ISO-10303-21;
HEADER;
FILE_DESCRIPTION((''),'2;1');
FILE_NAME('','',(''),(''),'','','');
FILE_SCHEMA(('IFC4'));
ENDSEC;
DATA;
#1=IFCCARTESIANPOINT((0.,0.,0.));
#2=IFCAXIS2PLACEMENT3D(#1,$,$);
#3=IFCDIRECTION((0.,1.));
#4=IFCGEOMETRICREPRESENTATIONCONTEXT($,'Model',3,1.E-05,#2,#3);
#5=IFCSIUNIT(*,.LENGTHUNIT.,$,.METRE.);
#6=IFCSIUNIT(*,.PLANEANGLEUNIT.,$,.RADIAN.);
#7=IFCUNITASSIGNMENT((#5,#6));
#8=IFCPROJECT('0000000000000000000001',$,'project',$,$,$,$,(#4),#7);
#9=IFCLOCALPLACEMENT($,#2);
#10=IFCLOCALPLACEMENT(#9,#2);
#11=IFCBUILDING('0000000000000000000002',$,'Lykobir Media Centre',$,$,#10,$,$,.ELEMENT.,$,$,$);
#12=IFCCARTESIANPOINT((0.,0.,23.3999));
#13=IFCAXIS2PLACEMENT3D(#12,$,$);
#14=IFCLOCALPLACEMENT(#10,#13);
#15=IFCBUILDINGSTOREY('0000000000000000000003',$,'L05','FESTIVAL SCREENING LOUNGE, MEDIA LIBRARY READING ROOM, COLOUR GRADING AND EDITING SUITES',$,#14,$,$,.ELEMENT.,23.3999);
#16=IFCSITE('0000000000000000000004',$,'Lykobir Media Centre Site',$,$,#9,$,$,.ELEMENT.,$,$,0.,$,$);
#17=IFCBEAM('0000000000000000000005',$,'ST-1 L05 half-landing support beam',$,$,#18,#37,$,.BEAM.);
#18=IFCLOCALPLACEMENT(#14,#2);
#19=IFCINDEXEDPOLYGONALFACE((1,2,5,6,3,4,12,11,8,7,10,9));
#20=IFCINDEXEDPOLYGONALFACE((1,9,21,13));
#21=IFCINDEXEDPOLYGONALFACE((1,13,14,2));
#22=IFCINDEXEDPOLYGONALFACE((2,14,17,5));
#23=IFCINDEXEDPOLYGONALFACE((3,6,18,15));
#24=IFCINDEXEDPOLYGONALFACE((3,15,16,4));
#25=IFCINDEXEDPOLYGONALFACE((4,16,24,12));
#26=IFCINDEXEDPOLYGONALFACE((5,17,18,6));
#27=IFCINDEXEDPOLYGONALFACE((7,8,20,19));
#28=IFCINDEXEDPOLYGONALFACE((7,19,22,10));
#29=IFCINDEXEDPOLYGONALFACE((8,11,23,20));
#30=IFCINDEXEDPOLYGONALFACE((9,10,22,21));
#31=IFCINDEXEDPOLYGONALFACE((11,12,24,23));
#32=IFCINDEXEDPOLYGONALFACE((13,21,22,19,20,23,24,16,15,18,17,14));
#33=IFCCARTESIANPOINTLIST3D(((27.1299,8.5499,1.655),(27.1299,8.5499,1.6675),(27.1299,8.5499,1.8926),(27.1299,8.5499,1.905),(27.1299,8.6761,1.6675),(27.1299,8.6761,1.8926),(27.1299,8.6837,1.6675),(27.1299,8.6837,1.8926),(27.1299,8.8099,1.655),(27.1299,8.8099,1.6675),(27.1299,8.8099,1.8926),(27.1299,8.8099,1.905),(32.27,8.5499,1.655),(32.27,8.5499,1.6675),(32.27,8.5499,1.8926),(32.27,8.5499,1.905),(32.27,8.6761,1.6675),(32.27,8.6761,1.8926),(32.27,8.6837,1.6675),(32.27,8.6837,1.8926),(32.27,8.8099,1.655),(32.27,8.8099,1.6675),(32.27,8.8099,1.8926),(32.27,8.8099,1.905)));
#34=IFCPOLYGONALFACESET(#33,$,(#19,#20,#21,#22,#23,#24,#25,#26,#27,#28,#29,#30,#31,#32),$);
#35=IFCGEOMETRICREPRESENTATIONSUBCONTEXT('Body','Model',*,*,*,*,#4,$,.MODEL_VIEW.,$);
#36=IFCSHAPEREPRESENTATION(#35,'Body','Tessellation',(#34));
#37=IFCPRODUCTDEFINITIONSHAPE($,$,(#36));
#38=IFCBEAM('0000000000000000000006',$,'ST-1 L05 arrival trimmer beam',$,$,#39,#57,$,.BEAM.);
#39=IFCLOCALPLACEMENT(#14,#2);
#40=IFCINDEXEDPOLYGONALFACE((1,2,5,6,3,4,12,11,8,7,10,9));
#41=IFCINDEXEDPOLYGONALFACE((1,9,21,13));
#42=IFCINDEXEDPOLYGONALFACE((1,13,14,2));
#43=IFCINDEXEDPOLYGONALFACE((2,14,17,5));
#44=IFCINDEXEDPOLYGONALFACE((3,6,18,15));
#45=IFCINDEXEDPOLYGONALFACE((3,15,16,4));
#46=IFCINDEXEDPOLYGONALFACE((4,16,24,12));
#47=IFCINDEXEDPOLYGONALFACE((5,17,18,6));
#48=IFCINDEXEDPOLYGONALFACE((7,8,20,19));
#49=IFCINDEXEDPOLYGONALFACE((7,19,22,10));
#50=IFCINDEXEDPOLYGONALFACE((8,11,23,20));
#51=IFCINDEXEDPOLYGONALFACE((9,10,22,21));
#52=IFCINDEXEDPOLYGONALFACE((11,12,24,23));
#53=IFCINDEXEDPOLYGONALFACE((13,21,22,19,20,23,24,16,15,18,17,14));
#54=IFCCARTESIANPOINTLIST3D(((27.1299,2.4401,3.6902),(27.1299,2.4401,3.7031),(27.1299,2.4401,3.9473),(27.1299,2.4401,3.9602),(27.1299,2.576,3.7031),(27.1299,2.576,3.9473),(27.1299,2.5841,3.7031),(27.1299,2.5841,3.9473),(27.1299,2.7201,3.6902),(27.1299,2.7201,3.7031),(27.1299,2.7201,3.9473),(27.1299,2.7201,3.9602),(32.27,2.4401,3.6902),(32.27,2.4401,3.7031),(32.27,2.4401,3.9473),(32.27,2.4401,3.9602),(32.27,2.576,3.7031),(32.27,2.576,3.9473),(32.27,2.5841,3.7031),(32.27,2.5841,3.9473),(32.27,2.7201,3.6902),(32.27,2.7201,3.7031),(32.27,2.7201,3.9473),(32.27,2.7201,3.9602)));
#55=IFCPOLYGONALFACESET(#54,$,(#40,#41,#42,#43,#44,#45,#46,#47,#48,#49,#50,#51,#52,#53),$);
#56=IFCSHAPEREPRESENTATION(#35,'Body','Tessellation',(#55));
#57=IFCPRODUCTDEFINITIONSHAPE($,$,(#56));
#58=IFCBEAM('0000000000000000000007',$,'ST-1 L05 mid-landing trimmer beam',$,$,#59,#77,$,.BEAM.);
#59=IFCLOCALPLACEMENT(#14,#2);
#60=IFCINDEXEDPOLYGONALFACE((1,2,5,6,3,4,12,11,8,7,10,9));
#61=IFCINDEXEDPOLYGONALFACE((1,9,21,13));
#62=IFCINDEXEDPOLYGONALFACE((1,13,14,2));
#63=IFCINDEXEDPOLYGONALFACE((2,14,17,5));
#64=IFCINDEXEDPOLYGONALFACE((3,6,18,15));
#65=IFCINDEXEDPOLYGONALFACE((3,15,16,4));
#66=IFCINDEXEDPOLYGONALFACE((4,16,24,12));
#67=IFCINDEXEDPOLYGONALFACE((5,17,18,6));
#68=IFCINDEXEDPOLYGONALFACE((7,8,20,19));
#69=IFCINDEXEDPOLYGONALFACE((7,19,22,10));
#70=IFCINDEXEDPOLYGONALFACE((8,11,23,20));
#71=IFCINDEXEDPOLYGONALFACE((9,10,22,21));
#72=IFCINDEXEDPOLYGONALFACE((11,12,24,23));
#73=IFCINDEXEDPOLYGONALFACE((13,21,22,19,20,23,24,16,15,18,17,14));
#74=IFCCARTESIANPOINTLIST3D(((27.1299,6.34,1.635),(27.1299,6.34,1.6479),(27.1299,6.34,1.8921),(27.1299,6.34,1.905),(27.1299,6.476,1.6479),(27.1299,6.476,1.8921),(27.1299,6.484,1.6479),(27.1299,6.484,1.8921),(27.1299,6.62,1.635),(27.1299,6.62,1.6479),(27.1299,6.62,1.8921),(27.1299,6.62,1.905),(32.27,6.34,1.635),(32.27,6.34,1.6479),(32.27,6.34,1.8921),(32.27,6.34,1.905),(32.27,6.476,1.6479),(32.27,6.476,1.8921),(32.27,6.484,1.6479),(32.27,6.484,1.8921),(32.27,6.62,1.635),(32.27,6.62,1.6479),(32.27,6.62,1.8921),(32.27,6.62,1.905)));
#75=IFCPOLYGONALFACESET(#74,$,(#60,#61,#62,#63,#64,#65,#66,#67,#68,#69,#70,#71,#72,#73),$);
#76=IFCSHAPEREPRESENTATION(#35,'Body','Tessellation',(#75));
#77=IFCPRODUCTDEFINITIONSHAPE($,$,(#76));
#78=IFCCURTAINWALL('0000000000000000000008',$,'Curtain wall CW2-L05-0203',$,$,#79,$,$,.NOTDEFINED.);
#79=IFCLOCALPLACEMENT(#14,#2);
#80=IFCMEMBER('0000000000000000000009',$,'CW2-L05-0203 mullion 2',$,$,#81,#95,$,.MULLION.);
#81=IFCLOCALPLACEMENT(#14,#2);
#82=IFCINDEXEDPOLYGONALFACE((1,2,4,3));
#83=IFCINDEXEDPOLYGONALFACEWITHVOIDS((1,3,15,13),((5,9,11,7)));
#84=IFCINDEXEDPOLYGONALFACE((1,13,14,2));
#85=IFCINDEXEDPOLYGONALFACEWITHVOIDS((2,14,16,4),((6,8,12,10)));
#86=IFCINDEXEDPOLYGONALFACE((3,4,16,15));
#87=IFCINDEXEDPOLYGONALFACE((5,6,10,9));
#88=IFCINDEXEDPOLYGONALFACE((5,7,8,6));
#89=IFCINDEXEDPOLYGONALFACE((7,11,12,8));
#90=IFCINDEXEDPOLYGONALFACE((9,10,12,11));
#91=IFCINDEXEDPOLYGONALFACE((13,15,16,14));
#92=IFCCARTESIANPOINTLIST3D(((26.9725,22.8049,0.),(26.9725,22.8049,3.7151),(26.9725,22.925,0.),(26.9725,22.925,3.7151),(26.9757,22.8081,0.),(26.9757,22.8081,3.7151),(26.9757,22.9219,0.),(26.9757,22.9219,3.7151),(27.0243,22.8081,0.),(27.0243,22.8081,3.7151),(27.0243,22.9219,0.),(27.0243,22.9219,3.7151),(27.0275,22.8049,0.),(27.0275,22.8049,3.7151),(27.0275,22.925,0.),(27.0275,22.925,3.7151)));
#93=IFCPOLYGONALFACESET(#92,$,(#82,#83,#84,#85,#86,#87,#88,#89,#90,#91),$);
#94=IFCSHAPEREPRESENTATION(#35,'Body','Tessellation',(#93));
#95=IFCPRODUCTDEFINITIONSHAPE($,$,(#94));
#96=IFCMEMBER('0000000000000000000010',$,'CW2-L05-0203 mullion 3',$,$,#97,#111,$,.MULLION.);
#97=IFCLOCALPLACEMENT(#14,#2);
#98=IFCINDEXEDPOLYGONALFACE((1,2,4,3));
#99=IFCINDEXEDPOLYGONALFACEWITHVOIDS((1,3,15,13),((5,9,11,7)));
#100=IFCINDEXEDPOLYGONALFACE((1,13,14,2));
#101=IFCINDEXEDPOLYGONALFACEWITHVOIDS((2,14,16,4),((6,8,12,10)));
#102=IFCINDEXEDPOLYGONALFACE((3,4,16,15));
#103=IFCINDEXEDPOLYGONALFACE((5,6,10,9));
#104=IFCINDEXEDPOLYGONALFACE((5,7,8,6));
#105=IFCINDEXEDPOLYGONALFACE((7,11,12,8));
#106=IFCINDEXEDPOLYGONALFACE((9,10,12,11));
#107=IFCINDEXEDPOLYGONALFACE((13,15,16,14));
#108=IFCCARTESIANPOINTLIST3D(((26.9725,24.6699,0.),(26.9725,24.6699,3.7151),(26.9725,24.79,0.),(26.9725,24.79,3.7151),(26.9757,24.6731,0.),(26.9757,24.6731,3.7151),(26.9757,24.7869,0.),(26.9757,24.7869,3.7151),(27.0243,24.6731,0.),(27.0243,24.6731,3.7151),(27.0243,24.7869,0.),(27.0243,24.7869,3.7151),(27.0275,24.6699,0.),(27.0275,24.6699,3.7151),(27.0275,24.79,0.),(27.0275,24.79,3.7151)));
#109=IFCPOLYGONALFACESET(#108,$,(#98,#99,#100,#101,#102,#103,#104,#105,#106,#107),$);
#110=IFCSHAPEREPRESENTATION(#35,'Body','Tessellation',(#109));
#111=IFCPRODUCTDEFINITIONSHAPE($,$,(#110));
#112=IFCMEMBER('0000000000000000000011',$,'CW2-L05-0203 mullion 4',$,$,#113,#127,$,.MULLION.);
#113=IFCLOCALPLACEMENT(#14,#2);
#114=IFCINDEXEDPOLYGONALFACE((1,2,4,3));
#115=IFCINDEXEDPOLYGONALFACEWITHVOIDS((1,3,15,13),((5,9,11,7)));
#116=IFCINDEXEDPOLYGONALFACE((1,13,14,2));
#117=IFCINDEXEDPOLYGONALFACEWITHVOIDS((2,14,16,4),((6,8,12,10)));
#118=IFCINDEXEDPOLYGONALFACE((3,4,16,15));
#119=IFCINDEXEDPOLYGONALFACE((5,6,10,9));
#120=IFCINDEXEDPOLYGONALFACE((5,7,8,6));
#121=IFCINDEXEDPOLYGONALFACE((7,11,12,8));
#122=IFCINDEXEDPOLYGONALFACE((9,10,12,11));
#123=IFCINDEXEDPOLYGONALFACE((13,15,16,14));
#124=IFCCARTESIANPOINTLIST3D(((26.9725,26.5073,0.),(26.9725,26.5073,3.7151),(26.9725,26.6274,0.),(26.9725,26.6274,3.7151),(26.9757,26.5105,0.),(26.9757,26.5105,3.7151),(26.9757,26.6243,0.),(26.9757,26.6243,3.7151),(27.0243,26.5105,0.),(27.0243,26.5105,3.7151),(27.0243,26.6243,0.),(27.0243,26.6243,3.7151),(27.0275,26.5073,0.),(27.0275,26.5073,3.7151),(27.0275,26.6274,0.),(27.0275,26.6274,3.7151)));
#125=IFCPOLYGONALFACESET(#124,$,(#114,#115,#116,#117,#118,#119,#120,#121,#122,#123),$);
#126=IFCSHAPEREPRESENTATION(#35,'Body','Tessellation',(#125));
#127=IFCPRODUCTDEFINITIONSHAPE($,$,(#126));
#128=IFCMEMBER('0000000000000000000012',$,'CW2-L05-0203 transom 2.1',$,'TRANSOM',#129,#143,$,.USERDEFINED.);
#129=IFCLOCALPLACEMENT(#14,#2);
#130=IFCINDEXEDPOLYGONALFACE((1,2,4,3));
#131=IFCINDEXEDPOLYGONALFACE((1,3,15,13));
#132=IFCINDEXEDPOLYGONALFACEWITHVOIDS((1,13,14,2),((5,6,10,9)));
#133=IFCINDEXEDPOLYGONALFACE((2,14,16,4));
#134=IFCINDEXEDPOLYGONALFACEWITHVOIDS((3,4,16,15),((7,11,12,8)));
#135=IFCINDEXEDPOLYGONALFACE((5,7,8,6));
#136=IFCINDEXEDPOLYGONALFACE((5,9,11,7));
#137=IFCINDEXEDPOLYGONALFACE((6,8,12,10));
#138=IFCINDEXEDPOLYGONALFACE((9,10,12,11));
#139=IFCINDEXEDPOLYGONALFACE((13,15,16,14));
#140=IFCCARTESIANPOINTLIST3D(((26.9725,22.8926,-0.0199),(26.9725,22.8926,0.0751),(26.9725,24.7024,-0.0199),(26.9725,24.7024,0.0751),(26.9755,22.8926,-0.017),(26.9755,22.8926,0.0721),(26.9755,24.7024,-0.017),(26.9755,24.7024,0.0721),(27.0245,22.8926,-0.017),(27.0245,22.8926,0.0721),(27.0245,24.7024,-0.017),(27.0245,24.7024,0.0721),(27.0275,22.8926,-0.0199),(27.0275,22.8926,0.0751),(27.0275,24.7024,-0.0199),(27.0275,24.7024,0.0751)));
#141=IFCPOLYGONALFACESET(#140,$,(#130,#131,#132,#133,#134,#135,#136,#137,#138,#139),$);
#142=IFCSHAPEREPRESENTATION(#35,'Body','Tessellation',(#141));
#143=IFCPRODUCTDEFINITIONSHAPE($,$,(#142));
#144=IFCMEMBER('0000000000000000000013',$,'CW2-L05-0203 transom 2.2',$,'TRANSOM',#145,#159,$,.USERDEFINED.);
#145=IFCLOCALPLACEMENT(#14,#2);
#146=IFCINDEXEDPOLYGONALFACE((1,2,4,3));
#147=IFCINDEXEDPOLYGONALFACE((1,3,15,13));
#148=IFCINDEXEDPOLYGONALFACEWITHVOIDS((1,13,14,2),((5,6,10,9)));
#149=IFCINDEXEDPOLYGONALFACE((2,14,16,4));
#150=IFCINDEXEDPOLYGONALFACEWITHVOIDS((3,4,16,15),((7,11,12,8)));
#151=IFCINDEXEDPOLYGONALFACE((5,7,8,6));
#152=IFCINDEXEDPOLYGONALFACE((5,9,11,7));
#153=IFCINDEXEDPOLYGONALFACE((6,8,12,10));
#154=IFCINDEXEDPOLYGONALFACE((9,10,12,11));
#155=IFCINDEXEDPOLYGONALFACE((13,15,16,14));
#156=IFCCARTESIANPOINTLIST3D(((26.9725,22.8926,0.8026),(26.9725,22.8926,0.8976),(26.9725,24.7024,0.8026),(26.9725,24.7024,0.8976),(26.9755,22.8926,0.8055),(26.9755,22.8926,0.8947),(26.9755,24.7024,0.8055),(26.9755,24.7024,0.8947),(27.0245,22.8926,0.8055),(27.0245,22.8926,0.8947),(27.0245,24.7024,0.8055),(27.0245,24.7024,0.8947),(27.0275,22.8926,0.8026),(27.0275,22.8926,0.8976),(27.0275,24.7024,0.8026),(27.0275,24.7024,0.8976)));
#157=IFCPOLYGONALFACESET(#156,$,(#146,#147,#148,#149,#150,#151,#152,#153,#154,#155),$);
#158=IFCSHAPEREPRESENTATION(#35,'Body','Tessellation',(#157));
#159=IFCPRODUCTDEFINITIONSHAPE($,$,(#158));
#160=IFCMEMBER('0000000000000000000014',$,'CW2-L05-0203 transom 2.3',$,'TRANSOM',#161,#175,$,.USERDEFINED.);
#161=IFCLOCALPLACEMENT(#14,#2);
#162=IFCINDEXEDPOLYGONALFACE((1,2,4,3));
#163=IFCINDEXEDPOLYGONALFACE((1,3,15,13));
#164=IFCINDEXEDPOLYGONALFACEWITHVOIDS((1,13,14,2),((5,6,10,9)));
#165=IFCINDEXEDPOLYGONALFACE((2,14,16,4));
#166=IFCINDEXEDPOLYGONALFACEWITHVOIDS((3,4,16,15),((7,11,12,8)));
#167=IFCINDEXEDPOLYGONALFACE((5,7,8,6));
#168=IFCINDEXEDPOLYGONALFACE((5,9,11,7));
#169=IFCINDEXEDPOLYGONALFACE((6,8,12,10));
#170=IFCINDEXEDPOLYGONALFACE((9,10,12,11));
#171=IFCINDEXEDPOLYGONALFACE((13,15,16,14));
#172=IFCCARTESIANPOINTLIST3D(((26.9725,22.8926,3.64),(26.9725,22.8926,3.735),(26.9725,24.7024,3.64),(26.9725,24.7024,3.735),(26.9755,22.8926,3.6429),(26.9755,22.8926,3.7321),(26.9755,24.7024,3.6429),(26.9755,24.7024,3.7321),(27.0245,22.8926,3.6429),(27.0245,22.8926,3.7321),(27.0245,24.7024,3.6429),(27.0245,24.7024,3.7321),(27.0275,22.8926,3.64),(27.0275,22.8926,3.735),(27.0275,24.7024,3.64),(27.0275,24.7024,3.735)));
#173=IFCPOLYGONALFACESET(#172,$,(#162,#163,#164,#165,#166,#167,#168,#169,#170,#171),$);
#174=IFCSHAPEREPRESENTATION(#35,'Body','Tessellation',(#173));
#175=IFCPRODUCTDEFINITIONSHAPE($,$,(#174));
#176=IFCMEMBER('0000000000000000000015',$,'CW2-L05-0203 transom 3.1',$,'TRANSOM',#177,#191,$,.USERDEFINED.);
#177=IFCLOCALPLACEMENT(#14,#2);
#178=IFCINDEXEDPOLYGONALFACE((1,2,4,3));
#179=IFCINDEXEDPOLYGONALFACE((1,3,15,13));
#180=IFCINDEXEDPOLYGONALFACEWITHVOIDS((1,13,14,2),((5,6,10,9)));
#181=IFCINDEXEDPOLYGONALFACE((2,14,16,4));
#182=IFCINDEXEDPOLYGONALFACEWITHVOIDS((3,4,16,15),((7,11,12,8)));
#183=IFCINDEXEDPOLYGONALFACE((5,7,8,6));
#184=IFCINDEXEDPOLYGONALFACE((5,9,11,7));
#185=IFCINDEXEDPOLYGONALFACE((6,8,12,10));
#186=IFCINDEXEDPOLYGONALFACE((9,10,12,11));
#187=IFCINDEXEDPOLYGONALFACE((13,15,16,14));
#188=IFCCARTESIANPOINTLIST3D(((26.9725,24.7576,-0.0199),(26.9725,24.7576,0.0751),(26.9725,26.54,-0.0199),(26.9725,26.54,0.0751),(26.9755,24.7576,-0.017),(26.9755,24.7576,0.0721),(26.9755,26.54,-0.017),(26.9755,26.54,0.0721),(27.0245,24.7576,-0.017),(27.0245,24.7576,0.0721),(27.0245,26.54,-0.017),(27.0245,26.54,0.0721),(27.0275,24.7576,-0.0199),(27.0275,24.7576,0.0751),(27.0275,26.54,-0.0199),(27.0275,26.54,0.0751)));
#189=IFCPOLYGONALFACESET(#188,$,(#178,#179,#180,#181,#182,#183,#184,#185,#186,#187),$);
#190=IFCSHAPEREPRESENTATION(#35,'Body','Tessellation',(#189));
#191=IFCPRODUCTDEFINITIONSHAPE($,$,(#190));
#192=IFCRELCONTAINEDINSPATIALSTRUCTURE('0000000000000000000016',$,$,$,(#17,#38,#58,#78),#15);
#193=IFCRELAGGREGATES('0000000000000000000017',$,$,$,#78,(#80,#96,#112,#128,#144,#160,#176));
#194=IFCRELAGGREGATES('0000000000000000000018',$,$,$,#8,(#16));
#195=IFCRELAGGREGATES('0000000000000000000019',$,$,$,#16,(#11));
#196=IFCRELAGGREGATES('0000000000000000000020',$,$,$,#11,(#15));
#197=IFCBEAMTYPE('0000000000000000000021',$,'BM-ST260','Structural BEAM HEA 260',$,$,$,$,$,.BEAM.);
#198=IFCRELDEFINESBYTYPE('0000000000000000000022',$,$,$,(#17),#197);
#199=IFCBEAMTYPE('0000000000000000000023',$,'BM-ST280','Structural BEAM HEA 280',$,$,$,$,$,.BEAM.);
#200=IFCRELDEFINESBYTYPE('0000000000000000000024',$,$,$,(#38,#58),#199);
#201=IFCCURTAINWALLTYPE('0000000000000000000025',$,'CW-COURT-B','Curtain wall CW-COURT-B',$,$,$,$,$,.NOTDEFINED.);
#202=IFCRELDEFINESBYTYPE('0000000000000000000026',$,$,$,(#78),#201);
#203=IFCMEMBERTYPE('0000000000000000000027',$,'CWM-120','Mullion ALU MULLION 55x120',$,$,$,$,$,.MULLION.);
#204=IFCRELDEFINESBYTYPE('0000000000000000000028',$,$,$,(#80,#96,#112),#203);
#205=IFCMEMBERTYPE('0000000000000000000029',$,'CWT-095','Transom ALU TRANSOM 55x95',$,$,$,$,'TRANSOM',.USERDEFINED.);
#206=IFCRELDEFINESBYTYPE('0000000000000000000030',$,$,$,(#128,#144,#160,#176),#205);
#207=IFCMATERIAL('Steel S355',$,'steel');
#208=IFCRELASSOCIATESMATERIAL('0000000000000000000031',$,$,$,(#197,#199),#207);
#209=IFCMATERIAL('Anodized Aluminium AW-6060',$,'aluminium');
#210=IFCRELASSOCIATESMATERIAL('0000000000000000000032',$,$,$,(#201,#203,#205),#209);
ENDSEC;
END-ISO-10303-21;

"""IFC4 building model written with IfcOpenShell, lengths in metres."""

from ifc_helpers import new_model, si_unit, direction, frame, origin, origin_2d, place, context, subcontext, project, spatial, hollow_rectangle, i_section, extrude, material, material_profile, profile_set, type_object, element, aggregate, save


model = new_model("IFC4")

# Units and contexts
model_context = context("Model", 3, precision=1e-05, world=origin(), true_north=direction((0.0, 1.0)))
body_context = subcontext(model_context, "Body", "Model", "MODEL_VIEW")
ifc_project = project(units=[si_unit("LENGTHUNIT", "METRE"), si_unit("PLANEANGLEUNIT", "RADIAN")], contexts=[model_context])

# Site, building, storey
site_placement = place(None, origin())
site = spatial("IfcSite", under=ifc_project, at=site_placement, Name="Lykobir Media Centre Site", CompositionType="ELEMENT", RefElevation=0.0)
building_placement = place(site_placement, origin())
building = spatial("IfcBuilding", under=site, at=building_placement, Name="Lykobir Media Centre", CompositionType="ELEMENT")
storey_placement = place(building_placement, frame((0.0, 0.0, 23.3999)))
storey = spatial("IfcBuildingStorey", under=building, at=storey_placement, Name="L05", Description="FESTIVAL SCREENING LOUNGE, MEDIA LIBRARY READING ROOM, COLOUR GRADING AND EDITING SUITES", CompositionType="ELEMENT", Elevation=23.3999)

# Beams
ifc_material_1 = material(Name="Steel S355", Category="steel")
ifc_material_profile_1 = material_profile(ifc_material_1, i_section(OverallWidth=0.26, OverallDepth=0.25, WebThickness=0.0076, FlangeThickness=0.0125, at=origin_2d()), Name="HEA 260")
ifc_profile_set_1 = profile_set([ifc_material_profile_1], Name="Steel S355")
beam_type_1 = type_object("IfcBeamType", Name="BM-ST260", Description="Structural BEAM HEA 260", PredefinedType="BEAM", material=ifc_profile_set_1)
beam_placement = place(storey_placement, frame((27.1299, 8.6799, 1.78), z_axis=(1.0, 0.0, 0.0), x_axis=(0.0, 1.0, 0.0)))
element("IfcBeam", 1, at=beam_placement, inside=storey, type_object=beam_type_1, Name="ST-1 L05 half-landing support beam", PredefinedType="BEAM", context=body_context, shape_type="SweptSolid", body=[
    extrude(i_section(OverallWidth=0.26, OverallDepth=0.25, WebThickness=0.0076, FlangeThickness=0.0125, at=origin_2d()), origin(), (0.0, 0.0, 1.0), 5.1401),
])
ifc_material_profile_2 = material_profile(ifc_material_1, i_section(OverallWidth=0.28, OverallDepth=0.27, WebThickness=0.0081, FlangeThickness=0.0129, at=origin_2d()), Name="HEA 280")
ifc_profile_set_2 = profile_set([ifc_material_profile_2], Name="Steel S355")
beam_type_2 = type_object("IfcBeamType", Name="BM-ST280", Description="Structural BEAM HEA 280", PredefinedType="BEAM", material=ifc_profile_set_2)
for number, where, z_axis, x_axis, name in (
    (2, (27.1299, 2.5801, 3.8252), (1.0, 0.0, 0.0), (0.0, 1.0, 0.0), "ST-1 L05 arrival trimmer beam"),
    (3, (27.1299, 6.48, 1.77), (1.0, 0.0, 0.0), (0.0, 1.0, 0.0), "ST-1 L05 mid-landing trimmer beam"),
):
    element("IfcBeam", number, at=place(storey_placement, frame(where, z_axis=z_axis, x_axis=x_axis)), inside=storey, type_object=beam_type_2, Name=name, PredefinedType="BEAM", context=body_context, shape_type="SweptSolid", body=[
        extrude(i_section(OverallWidth=0.28, OverallDepth=0.27, WebThickness=0.0081, FlangeThickness=0.0129, at=origin_2d()), origin(), (0.0, 0.0, 1.0), 5.1401),
    ])

# Curtain wall, members
ifc_material_2 = material(Name="Anodized Aluminium AW-6060", Category="aluminium")
curtain_wall_type = type_object("IfcCurtainWallType", Name="CW-COURT-B", Description="Curtain wall CW-COURT-B", PredefinedType="NOTDEFINED", material=ifc_material_2)
curtain_wall_placement = place(storey_placement, origin())
curtain_wall = element("IfcCurtainWall", 4, at=curtain_wall_placement, inside=storey, type_object=curtain_wall_type, Name="Curtain wall CW2-L05-0203", PredefinedType="NOTDEFINED")
ifc_material_profile_3 = material_profile(ifc_material_2, hollow_rectangle(XDim=0.0549, YDim=0.1201, WallThickness=0.0032, at=origin_2d()), Name="ALU MULLION 55x120")
ifc_profile_set_3 = profile_set([ifc_material_profile_3], Name="Anodized Aluminium AW-6060")
member_type_1 = type_object("IfcMemberType", Name="CWM-120", Description="Mullion ALU MULLION 55x120", PredefinedType="MULLION", material=ifc_profile_set_3)
member_1_placement = place(storey_placement, frame((27.0, 22.865, 0.0), z_axis=(0.0, 0.0, 1.0), x_axis=(-1.0, 0.0, 0.0)))
member_1 = element("IfcMember", 5, at=member_1_placement, type_object=member_type_1, Name="CW2-L05-0203 mullion 2", PredefinedType="MULLION", context=body_context, shape_type="SweptSolid", body=[
    extrude(hollow_rectangle(XDim=0.0549, YDim=0.1201, WallThickness=0.0032, at=origin_2d()), origin(), (0.0, 0.0, 1.0), 3.7151),
])
member_2_placement = place(storey_placement, frame((27.0, 24.73, 0.0), z_axis=(0.0, 0.0, 1.0), x_axis=(-1.0, 0.0, 0.0)))
member_2 = element("IfcMember", 6, at=member_2_placement, type_object=member_type_1, Name="CW2-L05-0203 mullion 3", PredefinedType="MULLION", context=body_context, shape_type="SweptSolid", body=[
    extrude(hollow_rectangle(XDim=0.0549, YDim=0.1201, WallThickness=0.0032, at=origin_2d()), origin(), (0.0, 0.0, 1.0), 3.7151),
])
member_3_placement = place(storey_placement, frame((27.0, 26.5674, 0.0), z_axis=(0.0, 0.0, 1.0), x_axis=(-1.0, 0.0, 0.0)))
member_3 = element("IfcMember", 7, at=member_3_placement, type_object=member_type_1, Name="CW2-L05-0203 mullion 4", PredefinedType="MULLION", context=body_context, shape_type="SweptSolid", body=[
    extrude(hollow_rectangle(XDim=0.0549, YDim=0.1201, WallThickness=0.0032, at=origin_2d()), origin(), (0.0, 0.0, 1.0), 3.7151),
])
ifc_material_profile_4 = material_profile(ifc_material_2, hollow_rectangle(XDim=0.0549, YDim=0.095, WallThickness=0.0029, at=origin_2d()), Name="ALU TRANSOM 55x95")
ifc_profile_set_4 = profile_set([ifc_material_profile_4], Name="Anodized Aluminium AW-6060")
member_type_2 = type_object("IfcMemberType", Name="CWT-095", Description="Transom ALU TRANSOM 55x95", ElementType="TRANSOM", PredefinedType="USERDEFINED", material=ifc_profile_set_4)
member_4_placement = place(storey_placement, frame((27.0, 22.8926, 0.0276), z_axis=(0.0, 1.0, 0.0), x_axis=(-1.0, 0.0, 0.0)))
member_4 = element("IfcMember", 8, at=member_4_placement, type_object=member_type_2, Name="CW2-L05-0203 transom 2.1", ObjectType="TRANSOM", PredefinedType="USERDEFINED", context=body_context, shape_type="SweptSolid", body=[
    extrude(hollow_rectangle(XDim=0.0549, YDim=0.095, WallThickness=0.0029, at=origin_2d()), origin(), (0.0, 0.0, 1.0), 1.8098),
])
member_5_placement = place(storey_placement, frame((27.0, 22.8926, 0.8501), z_axis=(0.0, 1.0, 0.0), x_axis=(-1.0, 0.0, 0.0)))
member_5 = element("IfcMember", 9, at=member_5_placement, type_object=member_type_2, Name="CW2-L05-0203 transom 2.2", ObjectType="TRANSOM", PredefinedType="USERDEFINED", context=body_context, shape_type="SweptSolid", body=[
    extrude(hollow_rectangle(XDim=0.0549, YDim=0.095, WallThickness=0.0029, at=origin_2d()), origin(), (0.0, 0.0, 1.0), 1.8098),
])
member_6_placement = place(storey_placement, frame((27.0, 22.8926, 3.6875), z_axis=(0.0, 1.0, 0.0), x_axis=(-1.0, 0.0, 0.0)))
member_6 = element("IfcMember", 10, at=member_6_placement, type_object=member_type_2, Name="CW2-L05-0203 transom 2.3", ObjectType="TRANSOM", PredefinedType="USERDEFINED", context=body_context, shape_type="SweptSolid", body=[
    extrude(hollow_rectangle(XDim=0.0549, YDim=0.095, WallThickness=0.0029, at=origin_2d()), origin(), (0.0, 0.0, 1.0), 1.8098),
])
member_7_placement = place(storey_placement, frame((27.0, 24.7576, 0.0276), z_axis=(0.0, 1.0, 0.0), x_axis=(-1.0, 0.0, 0.0)))
member_7 = element("IfcMember", 11, at=member_7_placement, type_object=member_type_2, Name="CW2-L05-0203 transom 3.1", ObjectType="TRANSOM", PredefinedType="USERDEFINED", context=body_context, shape_type="SweptSolid", body=[
    extrude(hollow_rectangle(XDim=0.0549, YDim=0.095, WallThickness=0.0029, at=origin_2d()), origin(), (0.0, 0.0, 1.0), 1.7825),
])

aggregate(curtain_wall, [member_1, member_2, member_3, member_4, member_5, member_6, member_7])

save(model, "model.ifc")
